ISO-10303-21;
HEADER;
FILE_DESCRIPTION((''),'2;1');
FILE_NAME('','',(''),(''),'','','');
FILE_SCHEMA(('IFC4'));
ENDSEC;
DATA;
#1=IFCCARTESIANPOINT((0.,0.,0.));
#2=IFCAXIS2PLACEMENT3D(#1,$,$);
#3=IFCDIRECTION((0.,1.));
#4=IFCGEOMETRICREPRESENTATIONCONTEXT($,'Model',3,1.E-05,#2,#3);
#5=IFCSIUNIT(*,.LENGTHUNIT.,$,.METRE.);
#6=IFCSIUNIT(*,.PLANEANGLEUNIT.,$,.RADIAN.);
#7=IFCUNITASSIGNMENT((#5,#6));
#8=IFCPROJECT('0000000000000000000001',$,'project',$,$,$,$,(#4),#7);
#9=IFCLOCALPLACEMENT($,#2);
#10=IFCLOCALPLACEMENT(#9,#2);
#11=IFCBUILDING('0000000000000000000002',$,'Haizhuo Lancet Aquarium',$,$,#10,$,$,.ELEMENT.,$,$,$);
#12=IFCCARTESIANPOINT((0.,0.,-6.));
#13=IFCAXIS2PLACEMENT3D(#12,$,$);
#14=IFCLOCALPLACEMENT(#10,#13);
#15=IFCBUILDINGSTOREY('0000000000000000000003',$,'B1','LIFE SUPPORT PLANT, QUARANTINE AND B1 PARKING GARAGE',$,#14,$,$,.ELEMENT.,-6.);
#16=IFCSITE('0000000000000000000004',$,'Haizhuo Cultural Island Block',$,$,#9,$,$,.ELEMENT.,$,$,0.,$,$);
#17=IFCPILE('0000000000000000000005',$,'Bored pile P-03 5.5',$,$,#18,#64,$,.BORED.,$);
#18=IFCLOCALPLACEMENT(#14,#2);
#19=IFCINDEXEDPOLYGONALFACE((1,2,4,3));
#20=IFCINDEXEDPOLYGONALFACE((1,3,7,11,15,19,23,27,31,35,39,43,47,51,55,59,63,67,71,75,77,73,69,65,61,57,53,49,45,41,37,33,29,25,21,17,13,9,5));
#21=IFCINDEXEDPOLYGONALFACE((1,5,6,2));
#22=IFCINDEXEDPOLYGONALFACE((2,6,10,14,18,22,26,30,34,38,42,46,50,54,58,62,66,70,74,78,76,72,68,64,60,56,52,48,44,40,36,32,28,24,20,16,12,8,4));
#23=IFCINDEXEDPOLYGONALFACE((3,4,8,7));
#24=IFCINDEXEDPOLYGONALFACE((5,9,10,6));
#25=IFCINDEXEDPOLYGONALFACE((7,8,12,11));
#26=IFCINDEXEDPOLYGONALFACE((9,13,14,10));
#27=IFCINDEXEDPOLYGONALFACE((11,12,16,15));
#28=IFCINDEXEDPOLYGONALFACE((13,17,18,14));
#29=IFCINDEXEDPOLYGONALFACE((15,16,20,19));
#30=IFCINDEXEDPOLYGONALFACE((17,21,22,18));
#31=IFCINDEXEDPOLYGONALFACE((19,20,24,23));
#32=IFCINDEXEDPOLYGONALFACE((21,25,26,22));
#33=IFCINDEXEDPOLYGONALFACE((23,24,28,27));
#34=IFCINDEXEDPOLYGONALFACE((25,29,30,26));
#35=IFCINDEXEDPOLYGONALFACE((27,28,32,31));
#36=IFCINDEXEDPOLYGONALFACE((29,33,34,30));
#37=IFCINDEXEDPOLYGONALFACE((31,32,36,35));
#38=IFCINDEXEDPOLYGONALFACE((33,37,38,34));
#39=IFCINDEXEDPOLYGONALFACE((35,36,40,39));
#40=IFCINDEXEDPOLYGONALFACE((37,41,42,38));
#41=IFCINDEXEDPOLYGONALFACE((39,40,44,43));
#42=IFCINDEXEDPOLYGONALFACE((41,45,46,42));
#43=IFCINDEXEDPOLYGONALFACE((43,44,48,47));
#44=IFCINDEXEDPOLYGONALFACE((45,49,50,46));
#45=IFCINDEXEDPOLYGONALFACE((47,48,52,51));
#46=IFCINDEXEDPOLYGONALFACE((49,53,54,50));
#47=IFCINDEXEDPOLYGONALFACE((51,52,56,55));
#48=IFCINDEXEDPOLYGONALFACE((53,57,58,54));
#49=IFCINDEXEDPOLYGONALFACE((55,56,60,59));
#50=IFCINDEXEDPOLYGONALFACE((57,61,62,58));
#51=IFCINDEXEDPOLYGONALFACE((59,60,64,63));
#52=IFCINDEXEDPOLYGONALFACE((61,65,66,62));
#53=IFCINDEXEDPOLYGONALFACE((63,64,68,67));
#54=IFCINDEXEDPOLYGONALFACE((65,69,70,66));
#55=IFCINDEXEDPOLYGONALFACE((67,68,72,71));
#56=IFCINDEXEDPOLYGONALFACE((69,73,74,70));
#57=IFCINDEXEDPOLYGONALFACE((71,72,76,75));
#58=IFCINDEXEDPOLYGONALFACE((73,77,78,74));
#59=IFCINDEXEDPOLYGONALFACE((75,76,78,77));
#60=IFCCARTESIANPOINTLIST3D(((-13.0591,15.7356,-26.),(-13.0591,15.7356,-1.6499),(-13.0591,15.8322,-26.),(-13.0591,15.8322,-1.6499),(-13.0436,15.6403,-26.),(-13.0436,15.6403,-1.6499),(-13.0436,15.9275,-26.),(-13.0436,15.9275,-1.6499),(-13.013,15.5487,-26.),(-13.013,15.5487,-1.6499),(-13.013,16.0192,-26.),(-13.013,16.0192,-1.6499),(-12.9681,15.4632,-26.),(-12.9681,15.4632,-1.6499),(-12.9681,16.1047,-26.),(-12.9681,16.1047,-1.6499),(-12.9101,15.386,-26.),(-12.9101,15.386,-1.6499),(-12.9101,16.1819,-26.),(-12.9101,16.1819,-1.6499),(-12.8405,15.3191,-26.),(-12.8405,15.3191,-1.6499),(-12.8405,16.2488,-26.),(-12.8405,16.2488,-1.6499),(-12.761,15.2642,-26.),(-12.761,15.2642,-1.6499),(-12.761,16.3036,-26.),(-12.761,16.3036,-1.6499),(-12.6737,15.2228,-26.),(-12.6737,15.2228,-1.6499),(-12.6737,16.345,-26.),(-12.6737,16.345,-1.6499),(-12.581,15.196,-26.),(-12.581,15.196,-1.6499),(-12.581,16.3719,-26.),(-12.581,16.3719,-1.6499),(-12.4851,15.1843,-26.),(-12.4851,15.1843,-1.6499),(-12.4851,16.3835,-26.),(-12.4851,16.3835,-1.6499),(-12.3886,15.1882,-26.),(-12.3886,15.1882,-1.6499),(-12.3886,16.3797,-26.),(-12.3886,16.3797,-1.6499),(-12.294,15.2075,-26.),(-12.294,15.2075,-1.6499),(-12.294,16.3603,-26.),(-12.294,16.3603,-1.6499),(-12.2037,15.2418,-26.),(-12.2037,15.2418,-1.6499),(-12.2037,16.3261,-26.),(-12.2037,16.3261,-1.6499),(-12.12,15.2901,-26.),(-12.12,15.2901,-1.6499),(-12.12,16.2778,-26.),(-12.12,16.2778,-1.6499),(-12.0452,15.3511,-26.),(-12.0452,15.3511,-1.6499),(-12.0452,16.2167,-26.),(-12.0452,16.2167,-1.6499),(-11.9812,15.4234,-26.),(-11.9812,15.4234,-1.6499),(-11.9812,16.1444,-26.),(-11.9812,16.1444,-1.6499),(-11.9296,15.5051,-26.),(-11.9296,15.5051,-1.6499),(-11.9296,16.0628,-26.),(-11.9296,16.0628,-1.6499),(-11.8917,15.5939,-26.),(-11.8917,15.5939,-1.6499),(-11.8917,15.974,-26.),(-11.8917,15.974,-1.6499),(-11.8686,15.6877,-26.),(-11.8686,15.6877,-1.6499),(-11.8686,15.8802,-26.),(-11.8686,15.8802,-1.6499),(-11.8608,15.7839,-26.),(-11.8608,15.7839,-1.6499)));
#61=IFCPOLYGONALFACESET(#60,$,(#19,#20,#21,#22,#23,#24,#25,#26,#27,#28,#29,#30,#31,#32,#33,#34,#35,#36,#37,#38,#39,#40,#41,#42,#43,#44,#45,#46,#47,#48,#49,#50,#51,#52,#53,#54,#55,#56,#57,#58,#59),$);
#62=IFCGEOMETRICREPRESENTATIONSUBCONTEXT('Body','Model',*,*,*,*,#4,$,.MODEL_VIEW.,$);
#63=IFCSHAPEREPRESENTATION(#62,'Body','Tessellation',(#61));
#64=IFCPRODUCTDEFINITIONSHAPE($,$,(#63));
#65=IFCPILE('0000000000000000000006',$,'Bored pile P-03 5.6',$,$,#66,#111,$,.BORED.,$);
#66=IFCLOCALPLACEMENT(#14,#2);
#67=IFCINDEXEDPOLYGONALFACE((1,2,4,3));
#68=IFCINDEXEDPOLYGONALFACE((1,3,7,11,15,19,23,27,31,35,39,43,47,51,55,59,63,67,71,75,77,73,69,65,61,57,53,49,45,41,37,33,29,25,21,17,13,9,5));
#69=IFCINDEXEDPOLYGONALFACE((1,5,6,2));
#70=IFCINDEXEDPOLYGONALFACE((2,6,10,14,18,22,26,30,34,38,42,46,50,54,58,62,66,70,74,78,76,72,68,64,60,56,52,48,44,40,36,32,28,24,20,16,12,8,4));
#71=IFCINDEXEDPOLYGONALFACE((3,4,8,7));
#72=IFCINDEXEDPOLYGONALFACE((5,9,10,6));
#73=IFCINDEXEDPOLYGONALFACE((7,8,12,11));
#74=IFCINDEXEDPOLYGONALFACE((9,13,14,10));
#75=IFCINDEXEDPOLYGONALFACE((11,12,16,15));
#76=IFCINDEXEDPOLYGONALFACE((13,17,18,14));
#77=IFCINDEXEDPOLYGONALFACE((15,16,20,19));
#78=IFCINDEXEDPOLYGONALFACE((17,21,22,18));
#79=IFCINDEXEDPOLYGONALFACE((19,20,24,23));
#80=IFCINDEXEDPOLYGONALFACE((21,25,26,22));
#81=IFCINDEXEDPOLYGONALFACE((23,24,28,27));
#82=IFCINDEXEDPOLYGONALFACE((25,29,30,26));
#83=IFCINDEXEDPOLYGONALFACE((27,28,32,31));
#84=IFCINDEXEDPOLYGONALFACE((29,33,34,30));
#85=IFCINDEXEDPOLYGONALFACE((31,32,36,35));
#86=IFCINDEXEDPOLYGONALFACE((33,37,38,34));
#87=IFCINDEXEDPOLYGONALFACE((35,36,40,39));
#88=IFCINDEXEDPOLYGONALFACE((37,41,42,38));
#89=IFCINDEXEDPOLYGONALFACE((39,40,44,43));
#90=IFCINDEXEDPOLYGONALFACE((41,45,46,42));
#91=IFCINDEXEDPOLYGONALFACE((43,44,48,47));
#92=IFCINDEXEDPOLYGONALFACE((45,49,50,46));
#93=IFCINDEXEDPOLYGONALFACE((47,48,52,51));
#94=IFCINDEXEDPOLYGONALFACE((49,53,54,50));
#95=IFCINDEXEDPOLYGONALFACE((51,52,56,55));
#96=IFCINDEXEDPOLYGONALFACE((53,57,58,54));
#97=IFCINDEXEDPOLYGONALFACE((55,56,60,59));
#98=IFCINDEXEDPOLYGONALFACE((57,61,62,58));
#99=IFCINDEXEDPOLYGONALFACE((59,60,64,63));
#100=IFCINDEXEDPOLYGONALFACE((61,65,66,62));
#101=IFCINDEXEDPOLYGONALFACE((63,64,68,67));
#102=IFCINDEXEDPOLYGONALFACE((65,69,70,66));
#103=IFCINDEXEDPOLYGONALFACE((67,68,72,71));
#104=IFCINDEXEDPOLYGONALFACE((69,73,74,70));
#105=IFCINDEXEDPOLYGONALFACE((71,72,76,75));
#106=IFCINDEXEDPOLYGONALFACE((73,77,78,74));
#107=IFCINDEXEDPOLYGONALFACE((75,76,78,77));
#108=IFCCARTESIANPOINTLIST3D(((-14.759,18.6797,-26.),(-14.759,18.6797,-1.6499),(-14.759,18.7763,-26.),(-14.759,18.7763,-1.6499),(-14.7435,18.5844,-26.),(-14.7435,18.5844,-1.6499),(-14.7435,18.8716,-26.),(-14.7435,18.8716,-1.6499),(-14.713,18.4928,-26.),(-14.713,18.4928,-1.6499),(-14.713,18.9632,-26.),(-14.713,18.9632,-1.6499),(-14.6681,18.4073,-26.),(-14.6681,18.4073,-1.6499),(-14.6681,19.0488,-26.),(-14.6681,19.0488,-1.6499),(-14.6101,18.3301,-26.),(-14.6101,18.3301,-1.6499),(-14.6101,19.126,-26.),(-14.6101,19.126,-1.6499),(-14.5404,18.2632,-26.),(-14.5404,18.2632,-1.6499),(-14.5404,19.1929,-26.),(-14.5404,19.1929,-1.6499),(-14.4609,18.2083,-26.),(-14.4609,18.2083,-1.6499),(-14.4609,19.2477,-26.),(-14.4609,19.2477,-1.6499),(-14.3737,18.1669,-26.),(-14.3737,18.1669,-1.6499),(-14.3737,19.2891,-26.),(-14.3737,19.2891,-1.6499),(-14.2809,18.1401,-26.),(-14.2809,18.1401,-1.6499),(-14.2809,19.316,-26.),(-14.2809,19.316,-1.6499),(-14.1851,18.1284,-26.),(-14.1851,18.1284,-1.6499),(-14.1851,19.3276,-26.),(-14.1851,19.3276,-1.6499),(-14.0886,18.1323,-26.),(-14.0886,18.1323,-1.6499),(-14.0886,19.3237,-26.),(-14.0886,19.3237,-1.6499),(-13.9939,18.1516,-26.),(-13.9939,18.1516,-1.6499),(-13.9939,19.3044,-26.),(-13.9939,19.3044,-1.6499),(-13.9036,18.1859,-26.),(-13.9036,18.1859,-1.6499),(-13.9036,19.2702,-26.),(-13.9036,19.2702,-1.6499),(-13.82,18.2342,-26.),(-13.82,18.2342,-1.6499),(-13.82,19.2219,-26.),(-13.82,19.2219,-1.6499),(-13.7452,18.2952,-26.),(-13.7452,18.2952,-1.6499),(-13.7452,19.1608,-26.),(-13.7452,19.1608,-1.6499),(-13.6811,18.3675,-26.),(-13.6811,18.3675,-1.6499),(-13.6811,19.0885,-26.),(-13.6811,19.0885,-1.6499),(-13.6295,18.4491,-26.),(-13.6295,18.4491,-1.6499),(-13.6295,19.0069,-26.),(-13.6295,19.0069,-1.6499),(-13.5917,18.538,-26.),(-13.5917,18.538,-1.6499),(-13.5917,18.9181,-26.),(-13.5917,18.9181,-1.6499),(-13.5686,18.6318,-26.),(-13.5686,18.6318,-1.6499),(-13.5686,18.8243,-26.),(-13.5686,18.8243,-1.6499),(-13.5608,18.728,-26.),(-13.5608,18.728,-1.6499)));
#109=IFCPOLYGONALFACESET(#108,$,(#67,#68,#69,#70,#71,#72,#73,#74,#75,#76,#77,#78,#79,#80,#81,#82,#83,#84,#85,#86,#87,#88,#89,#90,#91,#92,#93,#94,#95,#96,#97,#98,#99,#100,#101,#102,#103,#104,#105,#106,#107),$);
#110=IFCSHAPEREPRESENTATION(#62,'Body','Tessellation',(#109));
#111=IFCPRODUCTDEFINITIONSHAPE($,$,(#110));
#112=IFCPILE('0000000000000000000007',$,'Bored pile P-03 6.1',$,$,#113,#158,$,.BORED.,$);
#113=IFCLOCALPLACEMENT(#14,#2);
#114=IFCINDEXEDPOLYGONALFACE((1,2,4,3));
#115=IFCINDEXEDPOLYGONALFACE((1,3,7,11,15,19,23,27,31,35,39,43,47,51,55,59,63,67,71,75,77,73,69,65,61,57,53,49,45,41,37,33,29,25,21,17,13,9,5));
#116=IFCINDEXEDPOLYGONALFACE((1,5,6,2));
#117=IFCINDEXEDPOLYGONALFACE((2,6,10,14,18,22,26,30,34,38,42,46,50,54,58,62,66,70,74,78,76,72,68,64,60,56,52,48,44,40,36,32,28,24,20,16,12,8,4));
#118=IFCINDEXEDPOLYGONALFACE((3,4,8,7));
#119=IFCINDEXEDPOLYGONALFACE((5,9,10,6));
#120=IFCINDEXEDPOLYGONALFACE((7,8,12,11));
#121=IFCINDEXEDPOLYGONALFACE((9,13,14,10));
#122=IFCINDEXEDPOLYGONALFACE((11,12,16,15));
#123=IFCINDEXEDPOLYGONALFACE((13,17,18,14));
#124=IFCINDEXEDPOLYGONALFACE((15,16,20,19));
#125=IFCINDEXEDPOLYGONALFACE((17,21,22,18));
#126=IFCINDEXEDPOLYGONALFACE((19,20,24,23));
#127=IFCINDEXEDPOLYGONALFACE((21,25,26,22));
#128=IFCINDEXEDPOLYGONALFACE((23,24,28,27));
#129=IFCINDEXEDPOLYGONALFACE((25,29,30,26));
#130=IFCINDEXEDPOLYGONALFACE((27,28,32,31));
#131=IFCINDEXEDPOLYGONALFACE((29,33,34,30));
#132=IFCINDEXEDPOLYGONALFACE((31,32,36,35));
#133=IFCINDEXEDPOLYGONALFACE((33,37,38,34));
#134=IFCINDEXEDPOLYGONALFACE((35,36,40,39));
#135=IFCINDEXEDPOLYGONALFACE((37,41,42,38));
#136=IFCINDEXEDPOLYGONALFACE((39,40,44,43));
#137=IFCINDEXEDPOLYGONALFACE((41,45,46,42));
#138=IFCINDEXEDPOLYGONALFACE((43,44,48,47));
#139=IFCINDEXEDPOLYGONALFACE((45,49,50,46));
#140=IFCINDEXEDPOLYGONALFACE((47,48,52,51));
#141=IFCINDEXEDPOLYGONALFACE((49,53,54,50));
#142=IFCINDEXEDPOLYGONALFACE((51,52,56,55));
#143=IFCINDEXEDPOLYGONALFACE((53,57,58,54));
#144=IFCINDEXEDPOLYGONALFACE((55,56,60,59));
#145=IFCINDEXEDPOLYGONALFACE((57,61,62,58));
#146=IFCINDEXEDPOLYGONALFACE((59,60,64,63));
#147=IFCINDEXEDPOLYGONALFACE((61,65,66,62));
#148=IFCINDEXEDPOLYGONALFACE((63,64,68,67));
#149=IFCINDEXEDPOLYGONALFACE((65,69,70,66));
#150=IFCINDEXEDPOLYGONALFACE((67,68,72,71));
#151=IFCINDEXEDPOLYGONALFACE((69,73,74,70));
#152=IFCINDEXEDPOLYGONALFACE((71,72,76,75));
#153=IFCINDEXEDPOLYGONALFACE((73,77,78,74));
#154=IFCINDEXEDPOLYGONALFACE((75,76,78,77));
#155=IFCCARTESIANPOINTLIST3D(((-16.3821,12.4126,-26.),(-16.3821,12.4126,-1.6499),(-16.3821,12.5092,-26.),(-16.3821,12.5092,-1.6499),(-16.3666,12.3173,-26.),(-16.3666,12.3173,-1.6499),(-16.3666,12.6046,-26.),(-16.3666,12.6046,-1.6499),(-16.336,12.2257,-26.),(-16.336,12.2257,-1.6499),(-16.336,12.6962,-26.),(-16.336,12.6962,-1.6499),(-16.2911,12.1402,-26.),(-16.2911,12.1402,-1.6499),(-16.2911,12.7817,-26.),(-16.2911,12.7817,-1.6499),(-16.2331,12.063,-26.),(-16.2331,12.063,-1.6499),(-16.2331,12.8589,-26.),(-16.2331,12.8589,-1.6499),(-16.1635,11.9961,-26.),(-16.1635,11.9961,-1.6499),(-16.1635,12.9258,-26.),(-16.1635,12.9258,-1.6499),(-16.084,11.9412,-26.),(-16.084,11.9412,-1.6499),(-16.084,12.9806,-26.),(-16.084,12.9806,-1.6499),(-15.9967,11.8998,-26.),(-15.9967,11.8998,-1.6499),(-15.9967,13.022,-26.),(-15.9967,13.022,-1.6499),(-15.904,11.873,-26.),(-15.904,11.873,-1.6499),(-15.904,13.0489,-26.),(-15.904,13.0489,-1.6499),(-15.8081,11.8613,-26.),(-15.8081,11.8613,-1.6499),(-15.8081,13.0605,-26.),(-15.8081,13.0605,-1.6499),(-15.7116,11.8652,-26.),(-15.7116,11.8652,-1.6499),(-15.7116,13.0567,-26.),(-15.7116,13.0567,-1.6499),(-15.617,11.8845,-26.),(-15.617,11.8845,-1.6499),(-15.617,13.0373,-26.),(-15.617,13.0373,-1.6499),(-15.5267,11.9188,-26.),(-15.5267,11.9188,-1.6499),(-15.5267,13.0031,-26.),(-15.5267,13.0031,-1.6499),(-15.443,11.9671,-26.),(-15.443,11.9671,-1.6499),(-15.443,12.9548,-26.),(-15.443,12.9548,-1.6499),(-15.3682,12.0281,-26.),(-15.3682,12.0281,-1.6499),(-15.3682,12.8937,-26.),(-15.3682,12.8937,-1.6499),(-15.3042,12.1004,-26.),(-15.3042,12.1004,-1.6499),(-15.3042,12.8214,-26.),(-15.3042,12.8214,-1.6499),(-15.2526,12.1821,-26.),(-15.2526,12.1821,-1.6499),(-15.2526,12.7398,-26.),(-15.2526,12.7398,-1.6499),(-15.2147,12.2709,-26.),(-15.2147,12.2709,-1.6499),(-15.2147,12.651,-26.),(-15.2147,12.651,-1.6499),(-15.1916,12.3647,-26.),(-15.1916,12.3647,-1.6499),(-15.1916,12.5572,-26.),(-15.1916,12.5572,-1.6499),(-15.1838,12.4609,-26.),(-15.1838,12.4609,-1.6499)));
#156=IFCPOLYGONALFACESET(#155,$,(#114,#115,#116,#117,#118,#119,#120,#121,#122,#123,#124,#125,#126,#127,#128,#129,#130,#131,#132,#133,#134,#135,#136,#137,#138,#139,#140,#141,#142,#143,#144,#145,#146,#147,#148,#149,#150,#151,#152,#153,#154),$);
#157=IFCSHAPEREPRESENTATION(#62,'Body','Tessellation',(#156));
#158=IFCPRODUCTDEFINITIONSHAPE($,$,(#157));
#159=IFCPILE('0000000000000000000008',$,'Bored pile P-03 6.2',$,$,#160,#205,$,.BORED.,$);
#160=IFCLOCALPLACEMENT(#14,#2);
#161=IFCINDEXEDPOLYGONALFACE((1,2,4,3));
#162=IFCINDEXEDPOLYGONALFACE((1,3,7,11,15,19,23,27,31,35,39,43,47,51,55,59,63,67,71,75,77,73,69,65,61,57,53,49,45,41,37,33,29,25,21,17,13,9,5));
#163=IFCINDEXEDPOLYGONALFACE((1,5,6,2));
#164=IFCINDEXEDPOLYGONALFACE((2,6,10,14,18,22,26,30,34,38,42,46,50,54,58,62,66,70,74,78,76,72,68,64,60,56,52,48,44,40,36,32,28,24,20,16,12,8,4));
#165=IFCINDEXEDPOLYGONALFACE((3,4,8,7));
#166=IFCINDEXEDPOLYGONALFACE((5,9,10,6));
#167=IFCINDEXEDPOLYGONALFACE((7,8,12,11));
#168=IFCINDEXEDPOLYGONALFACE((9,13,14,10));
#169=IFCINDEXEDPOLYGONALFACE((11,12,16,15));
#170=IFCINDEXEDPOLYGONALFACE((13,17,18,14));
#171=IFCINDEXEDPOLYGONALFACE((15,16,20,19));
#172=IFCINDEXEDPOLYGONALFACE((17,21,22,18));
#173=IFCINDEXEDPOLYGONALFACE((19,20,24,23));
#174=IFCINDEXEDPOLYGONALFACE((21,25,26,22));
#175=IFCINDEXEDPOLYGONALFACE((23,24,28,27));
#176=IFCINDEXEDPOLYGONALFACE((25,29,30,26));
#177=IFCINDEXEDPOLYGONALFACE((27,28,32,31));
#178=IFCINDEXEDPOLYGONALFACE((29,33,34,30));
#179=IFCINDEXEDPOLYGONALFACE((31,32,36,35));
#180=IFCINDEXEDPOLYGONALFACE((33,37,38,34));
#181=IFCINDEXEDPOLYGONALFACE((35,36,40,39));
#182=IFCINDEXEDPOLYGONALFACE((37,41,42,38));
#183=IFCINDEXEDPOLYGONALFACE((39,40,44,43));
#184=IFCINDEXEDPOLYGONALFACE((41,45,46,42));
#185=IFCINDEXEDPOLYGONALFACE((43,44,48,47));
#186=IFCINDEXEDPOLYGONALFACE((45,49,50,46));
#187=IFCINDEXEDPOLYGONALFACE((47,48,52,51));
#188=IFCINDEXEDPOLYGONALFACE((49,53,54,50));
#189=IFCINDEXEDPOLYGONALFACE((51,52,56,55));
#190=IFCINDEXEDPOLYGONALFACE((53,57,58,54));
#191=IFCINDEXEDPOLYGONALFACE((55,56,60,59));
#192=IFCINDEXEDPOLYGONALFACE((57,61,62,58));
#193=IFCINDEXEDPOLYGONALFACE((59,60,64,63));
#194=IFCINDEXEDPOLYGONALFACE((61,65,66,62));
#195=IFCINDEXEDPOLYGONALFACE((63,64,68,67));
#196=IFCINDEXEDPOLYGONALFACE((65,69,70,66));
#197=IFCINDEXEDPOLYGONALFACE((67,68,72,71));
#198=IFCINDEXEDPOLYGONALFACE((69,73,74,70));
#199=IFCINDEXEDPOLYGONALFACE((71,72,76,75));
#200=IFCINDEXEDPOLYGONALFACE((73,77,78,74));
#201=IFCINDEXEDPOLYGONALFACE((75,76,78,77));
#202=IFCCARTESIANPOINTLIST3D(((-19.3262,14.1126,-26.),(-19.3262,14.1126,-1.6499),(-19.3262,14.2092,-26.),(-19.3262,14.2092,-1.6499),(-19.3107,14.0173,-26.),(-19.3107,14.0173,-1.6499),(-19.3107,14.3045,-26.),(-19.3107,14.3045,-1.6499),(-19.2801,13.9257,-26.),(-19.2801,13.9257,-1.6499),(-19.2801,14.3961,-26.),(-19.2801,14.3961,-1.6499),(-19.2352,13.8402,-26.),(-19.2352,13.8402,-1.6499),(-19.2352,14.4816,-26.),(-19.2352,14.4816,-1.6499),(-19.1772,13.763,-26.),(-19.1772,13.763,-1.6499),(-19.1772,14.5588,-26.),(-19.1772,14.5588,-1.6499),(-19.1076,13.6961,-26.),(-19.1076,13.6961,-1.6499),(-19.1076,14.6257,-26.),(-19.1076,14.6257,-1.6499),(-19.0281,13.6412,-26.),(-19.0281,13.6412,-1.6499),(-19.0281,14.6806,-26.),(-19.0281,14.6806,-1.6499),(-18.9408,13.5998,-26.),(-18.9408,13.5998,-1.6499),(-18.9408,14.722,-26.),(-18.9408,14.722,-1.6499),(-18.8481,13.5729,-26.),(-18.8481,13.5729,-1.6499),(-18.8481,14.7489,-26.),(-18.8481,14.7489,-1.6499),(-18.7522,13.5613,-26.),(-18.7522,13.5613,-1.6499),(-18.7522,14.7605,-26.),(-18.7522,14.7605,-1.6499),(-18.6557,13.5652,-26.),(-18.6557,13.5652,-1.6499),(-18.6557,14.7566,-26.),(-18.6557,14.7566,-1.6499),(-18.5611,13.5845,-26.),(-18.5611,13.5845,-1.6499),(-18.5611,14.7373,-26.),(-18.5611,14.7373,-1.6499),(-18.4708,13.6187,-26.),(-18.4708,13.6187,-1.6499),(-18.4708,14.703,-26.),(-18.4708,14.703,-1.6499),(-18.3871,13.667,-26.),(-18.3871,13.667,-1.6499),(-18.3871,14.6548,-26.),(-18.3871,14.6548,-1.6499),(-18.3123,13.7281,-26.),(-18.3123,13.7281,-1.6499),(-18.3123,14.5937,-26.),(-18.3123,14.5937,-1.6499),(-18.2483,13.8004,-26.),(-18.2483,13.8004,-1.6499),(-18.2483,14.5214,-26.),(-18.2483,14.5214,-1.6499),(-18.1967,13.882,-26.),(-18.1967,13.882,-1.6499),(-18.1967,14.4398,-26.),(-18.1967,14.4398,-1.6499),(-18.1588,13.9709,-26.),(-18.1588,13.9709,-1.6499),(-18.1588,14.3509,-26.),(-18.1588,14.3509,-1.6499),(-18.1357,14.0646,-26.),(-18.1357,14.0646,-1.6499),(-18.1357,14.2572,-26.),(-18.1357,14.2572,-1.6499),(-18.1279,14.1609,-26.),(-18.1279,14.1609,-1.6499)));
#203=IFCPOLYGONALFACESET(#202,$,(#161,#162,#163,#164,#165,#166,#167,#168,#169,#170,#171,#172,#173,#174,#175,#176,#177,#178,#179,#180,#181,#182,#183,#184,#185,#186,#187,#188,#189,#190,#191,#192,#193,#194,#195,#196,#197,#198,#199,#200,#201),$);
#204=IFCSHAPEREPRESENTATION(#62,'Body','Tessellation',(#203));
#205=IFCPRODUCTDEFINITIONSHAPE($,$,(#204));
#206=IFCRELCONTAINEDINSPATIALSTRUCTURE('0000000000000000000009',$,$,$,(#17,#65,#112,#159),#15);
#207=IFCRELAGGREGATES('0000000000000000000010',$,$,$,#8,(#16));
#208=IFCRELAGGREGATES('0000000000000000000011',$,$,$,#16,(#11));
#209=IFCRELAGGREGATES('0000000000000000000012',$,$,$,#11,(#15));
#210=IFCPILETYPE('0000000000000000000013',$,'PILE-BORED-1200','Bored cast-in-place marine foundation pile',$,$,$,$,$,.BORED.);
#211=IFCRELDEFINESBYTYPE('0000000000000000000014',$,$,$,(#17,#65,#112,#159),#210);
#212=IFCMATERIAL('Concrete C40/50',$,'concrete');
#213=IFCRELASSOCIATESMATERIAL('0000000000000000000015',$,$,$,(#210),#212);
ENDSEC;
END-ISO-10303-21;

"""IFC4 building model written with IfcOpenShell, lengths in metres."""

from ifc_helpers import new_model, si_unit, direction, frame, origin, origin_2d, place, context, subcontext, project, spatial, circle, extrude, material, material_profile, profile_set, type_object, element, save


model = new_model("IFC4")

# Units and contexts
model_context = context("Model", 3, precision=1e-05, world=origin(), true_north=direction((0.0, 1.0)))
body_context = subcontext(model_context, "Body", "Model", "MODEL_VIEW")
ifc_project = project(units=[si_unit("LENGTHUNIT", "METRE"), si_unit("PLANEANGLEUNIT", "RADIAN")], contexts=[model_context])

# Site, building, storey
site_placement = place(None, origin())
site = spatial("IfcSite", under=ifc_project, at=site_placement, Name="Haizhuo Cultural Island Block", CompositionType="ELEMENT", RefElevation=0.0)
building_placement = place(site_placement, origin())
building = spatial("IfcBuilding", under=site, at=building_placement, Name="Haizhuo Lancet Aquarium", CompositionType="ELEMENT")
storey_placement = place(building_placement, frame((0.0, 0.0, -6.0)))
storey = spatial("IfcBuildingStorey", under=building, at=storey_placement, Name="B1", Description="LIFE SUPPORT PLANT, QUARANTINE AND B1 PARKING GARAGE", CompositionType="ELEMENT", Elevation=-6.0)

# Shared definitions
ifc_material_1 = material(Name="Concrete C40/50", Category="concrete")

# Piles
ifc_material_profile_1 = material_profile(ifc_material_1, circle(Radius=0.6001, at=origin_2d()), Name="PILE-1200")
ifc_profile_set_1 = profile_set([ifc_material_profile_1], Name="Concrete C40/50")
pile_type_1 = type_object("IfcPileType", Name="PILE-BORED-1200", Description="Bored cast-in-place marine foundation pile", PredefinedType="BORED", material=ifc_profile_set_1)
for number, where, z_axis, x_axis, name in (
    (1, (-12.4609, 15.7839, -1.6499), (0.0, 0.0, -1.0), (1.0, 0.0, 0.0), "Bored pile P-03 5.5"),
    (2, (-14.1609, 18.728, -1.6499), (0.0, 0.0, -1.0), (1.0, 0.0, 0.0), "Bored pile P-03 5.6"),
    (3, (-15.7839, 12.4609, -1.6499), (0.0, 0.0, -1.0), (1.0, 0.0, 0.0), "Bored pile P-03 6.1"),
    (4, (-18.728, 14.1609, -1.6499), (0.0, 0.0, -1.0), (1.0, 0.0, 0.0), "Bored pile P-03 6.2"),
):
    element("IfcPile", number, at=place(storey_placement, frame(where, z_axis=z_axis, x_axis=x_axis)), inside=storey, type_object=pile_type_1, Name=name, PredefinedType="BORED", context=body_context, shape_type="SweptSolid", body=[
        extrude(circle(Radius=0.6001, at=origin_2d()), origin(), (0.0, 0.0, 1.0), 24.3501),
    ])

save(model, "model.ifc")
